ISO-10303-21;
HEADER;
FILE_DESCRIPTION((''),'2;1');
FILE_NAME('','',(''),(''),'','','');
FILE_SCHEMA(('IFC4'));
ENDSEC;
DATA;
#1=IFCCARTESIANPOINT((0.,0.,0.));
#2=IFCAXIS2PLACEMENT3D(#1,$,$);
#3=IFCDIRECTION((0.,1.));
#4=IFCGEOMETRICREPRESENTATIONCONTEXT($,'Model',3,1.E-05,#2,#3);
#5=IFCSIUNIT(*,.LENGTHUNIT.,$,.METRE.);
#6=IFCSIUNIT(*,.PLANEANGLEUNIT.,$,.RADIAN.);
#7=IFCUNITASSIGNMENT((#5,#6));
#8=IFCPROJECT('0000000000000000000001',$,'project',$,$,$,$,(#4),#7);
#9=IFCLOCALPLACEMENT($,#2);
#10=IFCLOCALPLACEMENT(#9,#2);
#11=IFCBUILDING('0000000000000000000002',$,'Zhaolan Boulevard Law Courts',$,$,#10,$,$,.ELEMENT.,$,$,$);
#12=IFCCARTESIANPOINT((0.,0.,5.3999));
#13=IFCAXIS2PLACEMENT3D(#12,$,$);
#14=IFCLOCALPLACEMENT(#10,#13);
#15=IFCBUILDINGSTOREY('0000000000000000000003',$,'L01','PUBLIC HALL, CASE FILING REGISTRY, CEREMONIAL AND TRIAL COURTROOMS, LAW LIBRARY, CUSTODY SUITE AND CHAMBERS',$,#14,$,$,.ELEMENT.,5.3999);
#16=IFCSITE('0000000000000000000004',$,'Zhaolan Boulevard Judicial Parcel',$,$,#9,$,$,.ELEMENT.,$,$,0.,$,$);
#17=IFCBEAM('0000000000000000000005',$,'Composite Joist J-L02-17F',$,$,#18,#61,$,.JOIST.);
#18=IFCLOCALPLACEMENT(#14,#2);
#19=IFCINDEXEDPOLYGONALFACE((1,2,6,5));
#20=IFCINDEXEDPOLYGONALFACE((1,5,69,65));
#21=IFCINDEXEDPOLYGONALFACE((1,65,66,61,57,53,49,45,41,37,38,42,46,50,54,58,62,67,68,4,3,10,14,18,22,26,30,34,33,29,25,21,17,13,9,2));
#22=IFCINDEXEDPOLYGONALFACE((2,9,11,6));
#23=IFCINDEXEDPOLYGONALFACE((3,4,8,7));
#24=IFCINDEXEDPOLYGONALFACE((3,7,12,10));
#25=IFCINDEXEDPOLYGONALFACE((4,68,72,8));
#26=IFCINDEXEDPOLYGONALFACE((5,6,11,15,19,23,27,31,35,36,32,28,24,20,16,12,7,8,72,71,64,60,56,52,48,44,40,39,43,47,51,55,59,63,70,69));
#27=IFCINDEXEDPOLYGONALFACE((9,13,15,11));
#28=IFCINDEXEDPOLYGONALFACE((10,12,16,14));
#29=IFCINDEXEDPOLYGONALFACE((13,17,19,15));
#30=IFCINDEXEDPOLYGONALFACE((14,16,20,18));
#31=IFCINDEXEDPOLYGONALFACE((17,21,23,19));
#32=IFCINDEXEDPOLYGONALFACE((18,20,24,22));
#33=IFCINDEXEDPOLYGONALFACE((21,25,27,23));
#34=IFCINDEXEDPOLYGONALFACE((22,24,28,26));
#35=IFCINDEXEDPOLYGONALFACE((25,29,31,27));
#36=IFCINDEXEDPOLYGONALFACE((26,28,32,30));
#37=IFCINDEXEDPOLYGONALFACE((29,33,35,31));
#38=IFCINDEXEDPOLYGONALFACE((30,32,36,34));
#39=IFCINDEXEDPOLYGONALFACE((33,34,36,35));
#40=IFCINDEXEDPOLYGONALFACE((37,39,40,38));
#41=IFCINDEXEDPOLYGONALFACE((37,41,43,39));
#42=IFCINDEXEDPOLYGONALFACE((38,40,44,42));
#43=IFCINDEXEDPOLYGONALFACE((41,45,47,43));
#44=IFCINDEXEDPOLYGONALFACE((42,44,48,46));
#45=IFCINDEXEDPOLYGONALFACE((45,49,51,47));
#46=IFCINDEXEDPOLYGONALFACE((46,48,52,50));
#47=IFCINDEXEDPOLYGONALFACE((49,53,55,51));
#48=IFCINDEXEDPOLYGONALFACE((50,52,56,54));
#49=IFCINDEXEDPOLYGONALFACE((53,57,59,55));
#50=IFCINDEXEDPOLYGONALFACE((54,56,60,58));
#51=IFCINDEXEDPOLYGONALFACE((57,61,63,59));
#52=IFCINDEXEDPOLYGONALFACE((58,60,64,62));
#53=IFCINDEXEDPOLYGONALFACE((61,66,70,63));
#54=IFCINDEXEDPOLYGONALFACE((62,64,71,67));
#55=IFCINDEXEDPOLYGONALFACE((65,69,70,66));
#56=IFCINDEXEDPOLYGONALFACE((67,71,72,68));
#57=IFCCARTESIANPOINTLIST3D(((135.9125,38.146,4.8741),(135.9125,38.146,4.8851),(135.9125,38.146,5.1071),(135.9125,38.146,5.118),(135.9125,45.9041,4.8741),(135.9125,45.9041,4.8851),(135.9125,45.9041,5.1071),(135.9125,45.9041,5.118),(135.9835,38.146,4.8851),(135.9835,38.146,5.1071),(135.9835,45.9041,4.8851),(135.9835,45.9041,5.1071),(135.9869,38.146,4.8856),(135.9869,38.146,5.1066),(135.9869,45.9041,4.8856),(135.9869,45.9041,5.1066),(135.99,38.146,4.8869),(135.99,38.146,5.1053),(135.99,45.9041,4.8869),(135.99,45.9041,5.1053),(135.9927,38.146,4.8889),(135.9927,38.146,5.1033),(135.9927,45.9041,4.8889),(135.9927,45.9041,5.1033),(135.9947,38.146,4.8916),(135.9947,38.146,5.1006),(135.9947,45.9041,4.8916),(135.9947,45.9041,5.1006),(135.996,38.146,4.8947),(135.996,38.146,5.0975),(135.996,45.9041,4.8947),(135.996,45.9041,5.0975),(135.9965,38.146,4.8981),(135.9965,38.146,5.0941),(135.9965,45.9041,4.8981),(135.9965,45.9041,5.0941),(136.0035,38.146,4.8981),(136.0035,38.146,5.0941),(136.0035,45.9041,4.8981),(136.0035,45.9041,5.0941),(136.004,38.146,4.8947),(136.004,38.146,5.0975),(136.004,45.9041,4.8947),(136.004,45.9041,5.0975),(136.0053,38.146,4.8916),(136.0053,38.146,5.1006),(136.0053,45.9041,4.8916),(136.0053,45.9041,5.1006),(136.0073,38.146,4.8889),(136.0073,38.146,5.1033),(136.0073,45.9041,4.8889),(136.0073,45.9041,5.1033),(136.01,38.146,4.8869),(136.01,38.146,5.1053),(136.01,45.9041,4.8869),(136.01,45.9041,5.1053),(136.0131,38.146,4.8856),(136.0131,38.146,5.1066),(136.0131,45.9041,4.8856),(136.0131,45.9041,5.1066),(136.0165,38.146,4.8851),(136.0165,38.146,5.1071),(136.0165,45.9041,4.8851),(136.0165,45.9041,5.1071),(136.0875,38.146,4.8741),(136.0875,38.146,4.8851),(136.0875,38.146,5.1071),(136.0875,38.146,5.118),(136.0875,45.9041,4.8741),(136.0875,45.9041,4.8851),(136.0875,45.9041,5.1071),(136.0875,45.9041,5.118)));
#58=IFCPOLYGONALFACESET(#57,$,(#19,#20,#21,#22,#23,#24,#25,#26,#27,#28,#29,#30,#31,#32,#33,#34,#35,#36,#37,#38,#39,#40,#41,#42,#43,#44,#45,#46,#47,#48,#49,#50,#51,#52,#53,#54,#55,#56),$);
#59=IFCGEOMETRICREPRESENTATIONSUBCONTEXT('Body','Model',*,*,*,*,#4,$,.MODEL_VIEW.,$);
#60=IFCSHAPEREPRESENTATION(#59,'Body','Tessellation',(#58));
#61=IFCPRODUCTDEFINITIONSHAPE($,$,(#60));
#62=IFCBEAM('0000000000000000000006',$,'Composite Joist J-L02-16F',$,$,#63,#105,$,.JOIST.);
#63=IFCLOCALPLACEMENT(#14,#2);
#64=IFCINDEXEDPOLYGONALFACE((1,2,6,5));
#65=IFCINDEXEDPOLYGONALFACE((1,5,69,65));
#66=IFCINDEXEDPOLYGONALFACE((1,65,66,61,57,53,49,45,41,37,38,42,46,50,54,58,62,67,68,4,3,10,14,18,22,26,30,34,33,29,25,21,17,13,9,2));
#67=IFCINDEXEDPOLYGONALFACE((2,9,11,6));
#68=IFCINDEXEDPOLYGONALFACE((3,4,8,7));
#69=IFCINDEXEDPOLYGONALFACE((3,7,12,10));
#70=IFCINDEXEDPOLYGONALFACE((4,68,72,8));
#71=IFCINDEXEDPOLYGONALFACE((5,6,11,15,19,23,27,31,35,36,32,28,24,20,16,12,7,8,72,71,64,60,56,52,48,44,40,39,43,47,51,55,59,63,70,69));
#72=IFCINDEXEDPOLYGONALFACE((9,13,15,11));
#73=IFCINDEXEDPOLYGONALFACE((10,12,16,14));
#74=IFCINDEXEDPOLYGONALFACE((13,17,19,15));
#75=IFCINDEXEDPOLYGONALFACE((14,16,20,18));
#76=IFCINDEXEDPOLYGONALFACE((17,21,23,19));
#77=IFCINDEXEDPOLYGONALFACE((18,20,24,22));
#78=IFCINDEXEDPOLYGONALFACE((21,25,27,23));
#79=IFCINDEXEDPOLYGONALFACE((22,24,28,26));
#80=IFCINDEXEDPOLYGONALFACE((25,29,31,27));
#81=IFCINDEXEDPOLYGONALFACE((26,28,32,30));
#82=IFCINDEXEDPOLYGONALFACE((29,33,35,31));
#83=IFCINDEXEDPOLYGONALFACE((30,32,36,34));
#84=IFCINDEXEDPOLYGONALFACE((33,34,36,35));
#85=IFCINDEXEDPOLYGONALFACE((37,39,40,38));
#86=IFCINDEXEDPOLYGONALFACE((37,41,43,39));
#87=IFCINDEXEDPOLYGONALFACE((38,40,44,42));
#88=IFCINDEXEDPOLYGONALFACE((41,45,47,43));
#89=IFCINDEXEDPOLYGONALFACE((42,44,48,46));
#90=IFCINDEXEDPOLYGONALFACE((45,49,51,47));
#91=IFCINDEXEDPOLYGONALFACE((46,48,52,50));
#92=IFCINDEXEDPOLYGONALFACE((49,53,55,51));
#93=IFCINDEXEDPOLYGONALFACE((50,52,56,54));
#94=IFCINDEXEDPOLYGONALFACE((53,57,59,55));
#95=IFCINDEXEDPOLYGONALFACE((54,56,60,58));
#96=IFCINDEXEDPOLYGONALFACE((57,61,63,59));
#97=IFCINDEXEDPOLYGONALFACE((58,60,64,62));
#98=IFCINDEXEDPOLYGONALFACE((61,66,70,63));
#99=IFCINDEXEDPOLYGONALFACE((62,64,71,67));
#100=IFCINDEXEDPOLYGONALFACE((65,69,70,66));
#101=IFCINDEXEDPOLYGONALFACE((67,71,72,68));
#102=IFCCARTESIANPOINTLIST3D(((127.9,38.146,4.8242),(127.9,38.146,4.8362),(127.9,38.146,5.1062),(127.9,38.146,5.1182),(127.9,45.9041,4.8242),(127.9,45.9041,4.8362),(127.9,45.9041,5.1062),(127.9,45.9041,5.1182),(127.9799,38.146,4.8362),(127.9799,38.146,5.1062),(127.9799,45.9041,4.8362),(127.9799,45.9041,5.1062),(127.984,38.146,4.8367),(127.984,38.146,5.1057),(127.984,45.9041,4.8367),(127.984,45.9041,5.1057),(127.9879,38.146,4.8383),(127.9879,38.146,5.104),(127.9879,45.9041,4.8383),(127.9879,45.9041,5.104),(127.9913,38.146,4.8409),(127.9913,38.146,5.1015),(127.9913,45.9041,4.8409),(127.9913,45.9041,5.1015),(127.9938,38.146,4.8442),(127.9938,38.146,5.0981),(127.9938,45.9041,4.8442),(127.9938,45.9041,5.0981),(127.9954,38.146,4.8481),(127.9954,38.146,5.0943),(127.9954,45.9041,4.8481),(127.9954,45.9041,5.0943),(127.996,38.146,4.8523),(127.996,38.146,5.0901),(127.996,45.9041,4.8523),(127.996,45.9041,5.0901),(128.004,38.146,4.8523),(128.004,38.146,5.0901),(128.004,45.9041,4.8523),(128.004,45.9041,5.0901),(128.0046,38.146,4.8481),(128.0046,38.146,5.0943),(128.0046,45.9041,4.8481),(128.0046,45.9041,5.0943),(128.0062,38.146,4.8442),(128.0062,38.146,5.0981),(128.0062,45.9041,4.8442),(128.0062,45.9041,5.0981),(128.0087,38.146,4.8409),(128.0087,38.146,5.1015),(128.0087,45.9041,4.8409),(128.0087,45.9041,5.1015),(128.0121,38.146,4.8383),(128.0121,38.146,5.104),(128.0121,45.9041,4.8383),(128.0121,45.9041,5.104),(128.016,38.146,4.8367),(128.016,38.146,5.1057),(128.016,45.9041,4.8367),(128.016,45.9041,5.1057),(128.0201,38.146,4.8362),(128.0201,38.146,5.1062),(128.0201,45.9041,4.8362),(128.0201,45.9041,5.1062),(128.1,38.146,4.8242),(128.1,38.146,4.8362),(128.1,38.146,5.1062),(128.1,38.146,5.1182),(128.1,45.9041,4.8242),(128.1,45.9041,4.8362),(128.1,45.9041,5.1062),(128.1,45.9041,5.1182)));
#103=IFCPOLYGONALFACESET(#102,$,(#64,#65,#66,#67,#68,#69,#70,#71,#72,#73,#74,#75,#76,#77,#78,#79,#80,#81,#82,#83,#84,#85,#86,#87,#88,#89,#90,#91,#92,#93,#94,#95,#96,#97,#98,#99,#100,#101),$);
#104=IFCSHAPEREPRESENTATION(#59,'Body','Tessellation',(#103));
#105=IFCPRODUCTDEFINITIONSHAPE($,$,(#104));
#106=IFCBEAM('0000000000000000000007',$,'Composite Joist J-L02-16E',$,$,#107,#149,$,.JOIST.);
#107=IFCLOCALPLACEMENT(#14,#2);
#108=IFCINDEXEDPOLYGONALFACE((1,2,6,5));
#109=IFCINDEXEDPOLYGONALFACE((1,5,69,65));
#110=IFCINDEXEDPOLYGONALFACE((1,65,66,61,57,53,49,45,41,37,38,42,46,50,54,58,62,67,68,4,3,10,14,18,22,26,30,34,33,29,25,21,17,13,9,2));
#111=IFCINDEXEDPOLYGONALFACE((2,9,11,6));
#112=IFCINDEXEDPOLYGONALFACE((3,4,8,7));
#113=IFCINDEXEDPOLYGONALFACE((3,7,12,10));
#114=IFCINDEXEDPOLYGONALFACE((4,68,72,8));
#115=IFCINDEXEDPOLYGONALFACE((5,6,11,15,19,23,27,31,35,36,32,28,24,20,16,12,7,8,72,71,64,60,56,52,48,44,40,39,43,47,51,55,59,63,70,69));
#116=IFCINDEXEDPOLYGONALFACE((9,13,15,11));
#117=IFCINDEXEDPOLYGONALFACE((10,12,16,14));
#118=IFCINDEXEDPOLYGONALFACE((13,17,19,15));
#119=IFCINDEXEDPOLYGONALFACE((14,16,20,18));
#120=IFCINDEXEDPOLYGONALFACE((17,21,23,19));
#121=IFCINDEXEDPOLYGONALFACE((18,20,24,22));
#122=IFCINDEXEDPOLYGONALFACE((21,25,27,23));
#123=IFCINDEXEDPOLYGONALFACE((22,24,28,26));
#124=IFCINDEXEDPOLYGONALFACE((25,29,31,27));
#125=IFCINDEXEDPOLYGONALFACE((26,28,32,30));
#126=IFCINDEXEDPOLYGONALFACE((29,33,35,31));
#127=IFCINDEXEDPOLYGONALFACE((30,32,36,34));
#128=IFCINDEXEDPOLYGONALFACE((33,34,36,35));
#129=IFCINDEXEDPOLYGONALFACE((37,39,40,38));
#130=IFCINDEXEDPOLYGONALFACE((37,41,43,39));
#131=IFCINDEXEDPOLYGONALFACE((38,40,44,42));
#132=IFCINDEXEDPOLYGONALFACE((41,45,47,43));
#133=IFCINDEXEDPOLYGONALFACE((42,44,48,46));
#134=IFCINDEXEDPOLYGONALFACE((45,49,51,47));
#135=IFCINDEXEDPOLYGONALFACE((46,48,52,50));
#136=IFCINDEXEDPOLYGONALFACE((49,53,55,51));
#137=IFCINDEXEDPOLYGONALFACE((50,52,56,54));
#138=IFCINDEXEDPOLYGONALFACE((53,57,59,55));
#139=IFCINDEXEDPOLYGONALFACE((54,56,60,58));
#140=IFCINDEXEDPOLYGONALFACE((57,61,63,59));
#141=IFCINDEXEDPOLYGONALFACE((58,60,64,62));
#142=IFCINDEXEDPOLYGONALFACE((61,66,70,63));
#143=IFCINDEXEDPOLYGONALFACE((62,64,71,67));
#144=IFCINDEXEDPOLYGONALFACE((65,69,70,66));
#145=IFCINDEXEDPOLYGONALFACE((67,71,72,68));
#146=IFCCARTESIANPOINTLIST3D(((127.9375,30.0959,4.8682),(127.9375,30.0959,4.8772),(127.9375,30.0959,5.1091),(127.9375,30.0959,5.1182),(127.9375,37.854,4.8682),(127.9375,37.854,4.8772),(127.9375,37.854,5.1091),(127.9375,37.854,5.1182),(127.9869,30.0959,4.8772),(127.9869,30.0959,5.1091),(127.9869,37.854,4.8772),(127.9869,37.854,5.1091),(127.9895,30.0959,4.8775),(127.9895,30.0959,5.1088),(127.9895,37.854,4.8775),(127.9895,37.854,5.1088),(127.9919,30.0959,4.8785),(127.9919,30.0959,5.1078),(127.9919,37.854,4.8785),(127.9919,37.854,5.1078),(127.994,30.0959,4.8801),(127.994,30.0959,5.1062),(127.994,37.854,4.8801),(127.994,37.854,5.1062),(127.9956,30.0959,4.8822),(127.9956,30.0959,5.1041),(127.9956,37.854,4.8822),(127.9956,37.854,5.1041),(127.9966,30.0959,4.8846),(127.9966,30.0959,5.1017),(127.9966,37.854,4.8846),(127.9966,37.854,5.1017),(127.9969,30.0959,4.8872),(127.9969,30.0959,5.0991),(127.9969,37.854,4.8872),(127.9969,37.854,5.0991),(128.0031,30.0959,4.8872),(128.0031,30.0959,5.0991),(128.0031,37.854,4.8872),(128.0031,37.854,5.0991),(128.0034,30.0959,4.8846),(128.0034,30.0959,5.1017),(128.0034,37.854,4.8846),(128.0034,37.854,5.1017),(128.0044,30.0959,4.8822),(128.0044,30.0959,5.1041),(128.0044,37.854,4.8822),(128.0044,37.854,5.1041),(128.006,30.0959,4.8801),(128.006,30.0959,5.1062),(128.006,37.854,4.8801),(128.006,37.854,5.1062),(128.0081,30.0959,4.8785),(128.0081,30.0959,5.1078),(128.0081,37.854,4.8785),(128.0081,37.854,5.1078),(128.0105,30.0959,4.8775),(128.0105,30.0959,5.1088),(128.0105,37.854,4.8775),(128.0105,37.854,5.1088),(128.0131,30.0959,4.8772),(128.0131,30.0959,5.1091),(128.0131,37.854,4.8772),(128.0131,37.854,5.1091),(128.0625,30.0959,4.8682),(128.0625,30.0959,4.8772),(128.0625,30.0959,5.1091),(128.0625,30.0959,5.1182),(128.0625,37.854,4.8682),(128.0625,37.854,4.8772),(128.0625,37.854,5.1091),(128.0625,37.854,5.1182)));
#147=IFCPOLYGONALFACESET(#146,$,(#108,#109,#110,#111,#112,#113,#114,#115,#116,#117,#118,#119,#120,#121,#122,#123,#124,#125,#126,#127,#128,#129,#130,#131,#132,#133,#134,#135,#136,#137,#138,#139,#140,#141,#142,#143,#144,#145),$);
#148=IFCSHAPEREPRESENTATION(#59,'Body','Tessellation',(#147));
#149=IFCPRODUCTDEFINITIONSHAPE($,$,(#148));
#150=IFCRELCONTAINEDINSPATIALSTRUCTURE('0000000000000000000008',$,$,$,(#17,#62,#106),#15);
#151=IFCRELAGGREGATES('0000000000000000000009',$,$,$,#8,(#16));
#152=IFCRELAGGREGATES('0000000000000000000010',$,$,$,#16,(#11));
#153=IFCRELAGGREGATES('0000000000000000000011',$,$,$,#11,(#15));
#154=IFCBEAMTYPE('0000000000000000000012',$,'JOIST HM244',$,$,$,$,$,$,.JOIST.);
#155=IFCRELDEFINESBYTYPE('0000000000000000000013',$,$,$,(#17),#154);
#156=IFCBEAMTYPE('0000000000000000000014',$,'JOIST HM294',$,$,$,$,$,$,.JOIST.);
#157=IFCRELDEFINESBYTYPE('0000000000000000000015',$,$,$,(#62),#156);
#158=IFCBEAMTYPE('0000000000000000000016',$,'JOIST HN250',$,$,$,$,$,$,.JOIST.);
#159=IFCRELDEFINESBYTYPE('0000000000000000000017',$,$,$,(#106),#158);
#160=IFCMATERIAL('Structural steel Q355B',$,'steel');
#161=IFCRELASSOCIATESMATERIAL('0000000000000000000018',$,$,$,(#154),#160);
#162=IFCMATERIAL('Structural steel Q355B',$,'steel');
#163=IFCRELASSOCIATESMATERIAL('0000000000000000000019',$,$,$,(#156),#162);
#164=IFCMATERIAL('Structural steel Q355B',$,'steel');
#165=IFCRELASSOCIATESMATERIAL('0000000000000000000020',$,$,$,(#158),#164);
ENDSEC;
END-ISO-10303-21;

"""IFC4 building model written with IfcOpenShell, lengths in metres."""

from ifc_helpers import new_model, si_unit, direction, frame, origin, origin_2d, place, context, subcontext, project, spatial, i_section, extrude, material, material_profile, profile_set, type_object, element, save


model = new_model("IFC4")

# Units and contexts
model_context = context("Model", 3, precision=1e-05, world=origin(), true_north=direction((0.0, 1.0)))
body_context = subcontext(model_context, "Body", "Model", "MODEL_VIEW")
ifc_project = project(units=[si_unit("LENGTHUNIT", "METRE"), si_unit("PLANEANGLEUNIT", "RADIAN")], contexts=[model_context])

# Site, building, storey
site_placement = place(None, origin())
site = spatial("IfcSite", under=ifc_project, at=site_placement, Name="Zhaolan Boulevard Judicial Parcel", CompositionType="ELEMENT", RefElevation=0.0)
building_placement = place(site_placement, origin())
building = spatial("IfcBuilding", under=site, at=building_placement, Name="Zhaolan Boulevard Law Courts", CompositionType="ELEMENT")
storey_placement = place(building_placement, frame((0.0, 0.0, 5.3999)))
storey = spatial("IfcBuildingStorey", under=building, at=storey_placement, Name="L01", Description="PUBLIC HALL, CASE FILING REGISTRY, CEREMONIAL AND TRIAL COURTROOMS, LAW LIBRARY, CUSTODY SUITE AND CHAMBERS", CompositionType="ELEMENT", Elevation=5.3999)

# Beams
ifc_material_1 = material(Name="Structural steel Q355B", Category="steel")
ifc_material_profile_1 = material_profile(ifc_material_1, i_section(OverallWidth=0.175, OverallDepth=0.2439, WebThickness=0.0071, FlangeThickness=0.011, FilletRadius=0.0129, at=origin_2d()), Name="HM244x175")
ifc_profile_set_1 = profile_set([ifc_material_profile_1], Name="Structural steel Q355B")
beam_type_1 = type_object("IfcBeamType", Name="JOIST HM244", PredefinedType="JOIST", material=ifc_profile_set_1)
beam_1_placement = place(storey_placement, frame((136.0, 38.146, 4.9961), z_axis=(0.0, 1.0, 0.0), x_axis=(-1.0, 0.0, 0.0)))
element("IfcBeam", 1, at=beam_1_placement, inside=storey, type_object=beam_type_1, Name="Composite Joist J-L02-17F", PredefinedType="JOIST", context=body_context, shape_type="SweptSolid", body=[
    extrude(i_section(OverallWidth=0.175, OverallDepth=0.2439, WebThickness=0.0071, FlangeThickness=0.011, FilletRadius=0.0129, at=origin_2d()), origin(), (0.0, 0.0, 1.0), 7.7581),
])
ifc_material_2 = material(Name="Structural steel Q355B", Category="steel")
ifc_material_profile_2 = material_profile(ifc_material_2, i_section(OverallWidth=0.2, OverallDepth=0.2939, WebThickness=0.0081, FlangeThickness=0.012, FilletRadius=0.0161, at=origin_2d()), Name="HM294x200")
ifc_profile_set_2 = profile_set([ifc_material_profile_2], Name="Structural steel Q355B")
beam_type_2 = type_object("IfcBeamType", Name="JOIST HM294", PredefinedType="JOIST", material=ifc_profile_set_2)
beam_2_placement = place(storey_placement, frame((128.0, 38.146, 4.9712), z_axis=(0.0, 1.0, 0.0), x_axis=(-1.0, 0.0, 0.0)))
element("IfcBeam", 2, at=beam_2_placement, inside=storey, type_object=beam_type_2, Name="Composite Joist J-L02-16F", PredefinedType="JOIST", context=body_context, shape_type="SweptSolid", body=[
    extrude(i_section(OverallWidth=0.2, OverallDepth=0.2939, WebThickness=0.0081, FlangeThickness=0.012, FilletRadius=0.0161, at=origin_2d()), origin(), (0.0, 0.0, 1.0), 7.7581),
])
ifc_material_3 = material(Name="Structural steel Q355B", Category="steel")
ifc_material_profile_3 = material_profile(ifc_material_3, i_section(OverallWidth=0.125, OverallDepth=0.25, WebThickness=0.0061, FlangeThickness=0.009, FilletRadius=0.01, at=origin_2d()), Name="HN250x125")
ifc_profile_set_3 = profile_set([ifc_material_profile_3], Name="Structural steel Q355B")
beam_type_3 = type_object("IfcBeamType", Name="JOIST HN250", PredefinedType="JOIST", material=ifc_profile_set_3)
beam_3_placement = place(storey_placement, frame((128.0, 30.0959, 4.9932), z_axis=(0.0, 1.0, 0.0), x_axis=(-1.0, 0.0, 0.0)))
element("IfcBeam", 3, at=beam_3_placement, inside=storey, type_object=beam_type_3, Name="Composite Joist J-L02-16E", PredefinedType="JOIST", context=body_context, shape_type="SweptSolid", body=[
    extrude(i_section(OverallWidth=0.125, OverallDepth=0.25, WebThickness=0.0061, FlangeThickness=0.009, FilletRadius=0.01, at=origin_2d()), origin(), (0.0, 0.0, 1.0), 7.7581),
])

save(model, "model.ifc")
